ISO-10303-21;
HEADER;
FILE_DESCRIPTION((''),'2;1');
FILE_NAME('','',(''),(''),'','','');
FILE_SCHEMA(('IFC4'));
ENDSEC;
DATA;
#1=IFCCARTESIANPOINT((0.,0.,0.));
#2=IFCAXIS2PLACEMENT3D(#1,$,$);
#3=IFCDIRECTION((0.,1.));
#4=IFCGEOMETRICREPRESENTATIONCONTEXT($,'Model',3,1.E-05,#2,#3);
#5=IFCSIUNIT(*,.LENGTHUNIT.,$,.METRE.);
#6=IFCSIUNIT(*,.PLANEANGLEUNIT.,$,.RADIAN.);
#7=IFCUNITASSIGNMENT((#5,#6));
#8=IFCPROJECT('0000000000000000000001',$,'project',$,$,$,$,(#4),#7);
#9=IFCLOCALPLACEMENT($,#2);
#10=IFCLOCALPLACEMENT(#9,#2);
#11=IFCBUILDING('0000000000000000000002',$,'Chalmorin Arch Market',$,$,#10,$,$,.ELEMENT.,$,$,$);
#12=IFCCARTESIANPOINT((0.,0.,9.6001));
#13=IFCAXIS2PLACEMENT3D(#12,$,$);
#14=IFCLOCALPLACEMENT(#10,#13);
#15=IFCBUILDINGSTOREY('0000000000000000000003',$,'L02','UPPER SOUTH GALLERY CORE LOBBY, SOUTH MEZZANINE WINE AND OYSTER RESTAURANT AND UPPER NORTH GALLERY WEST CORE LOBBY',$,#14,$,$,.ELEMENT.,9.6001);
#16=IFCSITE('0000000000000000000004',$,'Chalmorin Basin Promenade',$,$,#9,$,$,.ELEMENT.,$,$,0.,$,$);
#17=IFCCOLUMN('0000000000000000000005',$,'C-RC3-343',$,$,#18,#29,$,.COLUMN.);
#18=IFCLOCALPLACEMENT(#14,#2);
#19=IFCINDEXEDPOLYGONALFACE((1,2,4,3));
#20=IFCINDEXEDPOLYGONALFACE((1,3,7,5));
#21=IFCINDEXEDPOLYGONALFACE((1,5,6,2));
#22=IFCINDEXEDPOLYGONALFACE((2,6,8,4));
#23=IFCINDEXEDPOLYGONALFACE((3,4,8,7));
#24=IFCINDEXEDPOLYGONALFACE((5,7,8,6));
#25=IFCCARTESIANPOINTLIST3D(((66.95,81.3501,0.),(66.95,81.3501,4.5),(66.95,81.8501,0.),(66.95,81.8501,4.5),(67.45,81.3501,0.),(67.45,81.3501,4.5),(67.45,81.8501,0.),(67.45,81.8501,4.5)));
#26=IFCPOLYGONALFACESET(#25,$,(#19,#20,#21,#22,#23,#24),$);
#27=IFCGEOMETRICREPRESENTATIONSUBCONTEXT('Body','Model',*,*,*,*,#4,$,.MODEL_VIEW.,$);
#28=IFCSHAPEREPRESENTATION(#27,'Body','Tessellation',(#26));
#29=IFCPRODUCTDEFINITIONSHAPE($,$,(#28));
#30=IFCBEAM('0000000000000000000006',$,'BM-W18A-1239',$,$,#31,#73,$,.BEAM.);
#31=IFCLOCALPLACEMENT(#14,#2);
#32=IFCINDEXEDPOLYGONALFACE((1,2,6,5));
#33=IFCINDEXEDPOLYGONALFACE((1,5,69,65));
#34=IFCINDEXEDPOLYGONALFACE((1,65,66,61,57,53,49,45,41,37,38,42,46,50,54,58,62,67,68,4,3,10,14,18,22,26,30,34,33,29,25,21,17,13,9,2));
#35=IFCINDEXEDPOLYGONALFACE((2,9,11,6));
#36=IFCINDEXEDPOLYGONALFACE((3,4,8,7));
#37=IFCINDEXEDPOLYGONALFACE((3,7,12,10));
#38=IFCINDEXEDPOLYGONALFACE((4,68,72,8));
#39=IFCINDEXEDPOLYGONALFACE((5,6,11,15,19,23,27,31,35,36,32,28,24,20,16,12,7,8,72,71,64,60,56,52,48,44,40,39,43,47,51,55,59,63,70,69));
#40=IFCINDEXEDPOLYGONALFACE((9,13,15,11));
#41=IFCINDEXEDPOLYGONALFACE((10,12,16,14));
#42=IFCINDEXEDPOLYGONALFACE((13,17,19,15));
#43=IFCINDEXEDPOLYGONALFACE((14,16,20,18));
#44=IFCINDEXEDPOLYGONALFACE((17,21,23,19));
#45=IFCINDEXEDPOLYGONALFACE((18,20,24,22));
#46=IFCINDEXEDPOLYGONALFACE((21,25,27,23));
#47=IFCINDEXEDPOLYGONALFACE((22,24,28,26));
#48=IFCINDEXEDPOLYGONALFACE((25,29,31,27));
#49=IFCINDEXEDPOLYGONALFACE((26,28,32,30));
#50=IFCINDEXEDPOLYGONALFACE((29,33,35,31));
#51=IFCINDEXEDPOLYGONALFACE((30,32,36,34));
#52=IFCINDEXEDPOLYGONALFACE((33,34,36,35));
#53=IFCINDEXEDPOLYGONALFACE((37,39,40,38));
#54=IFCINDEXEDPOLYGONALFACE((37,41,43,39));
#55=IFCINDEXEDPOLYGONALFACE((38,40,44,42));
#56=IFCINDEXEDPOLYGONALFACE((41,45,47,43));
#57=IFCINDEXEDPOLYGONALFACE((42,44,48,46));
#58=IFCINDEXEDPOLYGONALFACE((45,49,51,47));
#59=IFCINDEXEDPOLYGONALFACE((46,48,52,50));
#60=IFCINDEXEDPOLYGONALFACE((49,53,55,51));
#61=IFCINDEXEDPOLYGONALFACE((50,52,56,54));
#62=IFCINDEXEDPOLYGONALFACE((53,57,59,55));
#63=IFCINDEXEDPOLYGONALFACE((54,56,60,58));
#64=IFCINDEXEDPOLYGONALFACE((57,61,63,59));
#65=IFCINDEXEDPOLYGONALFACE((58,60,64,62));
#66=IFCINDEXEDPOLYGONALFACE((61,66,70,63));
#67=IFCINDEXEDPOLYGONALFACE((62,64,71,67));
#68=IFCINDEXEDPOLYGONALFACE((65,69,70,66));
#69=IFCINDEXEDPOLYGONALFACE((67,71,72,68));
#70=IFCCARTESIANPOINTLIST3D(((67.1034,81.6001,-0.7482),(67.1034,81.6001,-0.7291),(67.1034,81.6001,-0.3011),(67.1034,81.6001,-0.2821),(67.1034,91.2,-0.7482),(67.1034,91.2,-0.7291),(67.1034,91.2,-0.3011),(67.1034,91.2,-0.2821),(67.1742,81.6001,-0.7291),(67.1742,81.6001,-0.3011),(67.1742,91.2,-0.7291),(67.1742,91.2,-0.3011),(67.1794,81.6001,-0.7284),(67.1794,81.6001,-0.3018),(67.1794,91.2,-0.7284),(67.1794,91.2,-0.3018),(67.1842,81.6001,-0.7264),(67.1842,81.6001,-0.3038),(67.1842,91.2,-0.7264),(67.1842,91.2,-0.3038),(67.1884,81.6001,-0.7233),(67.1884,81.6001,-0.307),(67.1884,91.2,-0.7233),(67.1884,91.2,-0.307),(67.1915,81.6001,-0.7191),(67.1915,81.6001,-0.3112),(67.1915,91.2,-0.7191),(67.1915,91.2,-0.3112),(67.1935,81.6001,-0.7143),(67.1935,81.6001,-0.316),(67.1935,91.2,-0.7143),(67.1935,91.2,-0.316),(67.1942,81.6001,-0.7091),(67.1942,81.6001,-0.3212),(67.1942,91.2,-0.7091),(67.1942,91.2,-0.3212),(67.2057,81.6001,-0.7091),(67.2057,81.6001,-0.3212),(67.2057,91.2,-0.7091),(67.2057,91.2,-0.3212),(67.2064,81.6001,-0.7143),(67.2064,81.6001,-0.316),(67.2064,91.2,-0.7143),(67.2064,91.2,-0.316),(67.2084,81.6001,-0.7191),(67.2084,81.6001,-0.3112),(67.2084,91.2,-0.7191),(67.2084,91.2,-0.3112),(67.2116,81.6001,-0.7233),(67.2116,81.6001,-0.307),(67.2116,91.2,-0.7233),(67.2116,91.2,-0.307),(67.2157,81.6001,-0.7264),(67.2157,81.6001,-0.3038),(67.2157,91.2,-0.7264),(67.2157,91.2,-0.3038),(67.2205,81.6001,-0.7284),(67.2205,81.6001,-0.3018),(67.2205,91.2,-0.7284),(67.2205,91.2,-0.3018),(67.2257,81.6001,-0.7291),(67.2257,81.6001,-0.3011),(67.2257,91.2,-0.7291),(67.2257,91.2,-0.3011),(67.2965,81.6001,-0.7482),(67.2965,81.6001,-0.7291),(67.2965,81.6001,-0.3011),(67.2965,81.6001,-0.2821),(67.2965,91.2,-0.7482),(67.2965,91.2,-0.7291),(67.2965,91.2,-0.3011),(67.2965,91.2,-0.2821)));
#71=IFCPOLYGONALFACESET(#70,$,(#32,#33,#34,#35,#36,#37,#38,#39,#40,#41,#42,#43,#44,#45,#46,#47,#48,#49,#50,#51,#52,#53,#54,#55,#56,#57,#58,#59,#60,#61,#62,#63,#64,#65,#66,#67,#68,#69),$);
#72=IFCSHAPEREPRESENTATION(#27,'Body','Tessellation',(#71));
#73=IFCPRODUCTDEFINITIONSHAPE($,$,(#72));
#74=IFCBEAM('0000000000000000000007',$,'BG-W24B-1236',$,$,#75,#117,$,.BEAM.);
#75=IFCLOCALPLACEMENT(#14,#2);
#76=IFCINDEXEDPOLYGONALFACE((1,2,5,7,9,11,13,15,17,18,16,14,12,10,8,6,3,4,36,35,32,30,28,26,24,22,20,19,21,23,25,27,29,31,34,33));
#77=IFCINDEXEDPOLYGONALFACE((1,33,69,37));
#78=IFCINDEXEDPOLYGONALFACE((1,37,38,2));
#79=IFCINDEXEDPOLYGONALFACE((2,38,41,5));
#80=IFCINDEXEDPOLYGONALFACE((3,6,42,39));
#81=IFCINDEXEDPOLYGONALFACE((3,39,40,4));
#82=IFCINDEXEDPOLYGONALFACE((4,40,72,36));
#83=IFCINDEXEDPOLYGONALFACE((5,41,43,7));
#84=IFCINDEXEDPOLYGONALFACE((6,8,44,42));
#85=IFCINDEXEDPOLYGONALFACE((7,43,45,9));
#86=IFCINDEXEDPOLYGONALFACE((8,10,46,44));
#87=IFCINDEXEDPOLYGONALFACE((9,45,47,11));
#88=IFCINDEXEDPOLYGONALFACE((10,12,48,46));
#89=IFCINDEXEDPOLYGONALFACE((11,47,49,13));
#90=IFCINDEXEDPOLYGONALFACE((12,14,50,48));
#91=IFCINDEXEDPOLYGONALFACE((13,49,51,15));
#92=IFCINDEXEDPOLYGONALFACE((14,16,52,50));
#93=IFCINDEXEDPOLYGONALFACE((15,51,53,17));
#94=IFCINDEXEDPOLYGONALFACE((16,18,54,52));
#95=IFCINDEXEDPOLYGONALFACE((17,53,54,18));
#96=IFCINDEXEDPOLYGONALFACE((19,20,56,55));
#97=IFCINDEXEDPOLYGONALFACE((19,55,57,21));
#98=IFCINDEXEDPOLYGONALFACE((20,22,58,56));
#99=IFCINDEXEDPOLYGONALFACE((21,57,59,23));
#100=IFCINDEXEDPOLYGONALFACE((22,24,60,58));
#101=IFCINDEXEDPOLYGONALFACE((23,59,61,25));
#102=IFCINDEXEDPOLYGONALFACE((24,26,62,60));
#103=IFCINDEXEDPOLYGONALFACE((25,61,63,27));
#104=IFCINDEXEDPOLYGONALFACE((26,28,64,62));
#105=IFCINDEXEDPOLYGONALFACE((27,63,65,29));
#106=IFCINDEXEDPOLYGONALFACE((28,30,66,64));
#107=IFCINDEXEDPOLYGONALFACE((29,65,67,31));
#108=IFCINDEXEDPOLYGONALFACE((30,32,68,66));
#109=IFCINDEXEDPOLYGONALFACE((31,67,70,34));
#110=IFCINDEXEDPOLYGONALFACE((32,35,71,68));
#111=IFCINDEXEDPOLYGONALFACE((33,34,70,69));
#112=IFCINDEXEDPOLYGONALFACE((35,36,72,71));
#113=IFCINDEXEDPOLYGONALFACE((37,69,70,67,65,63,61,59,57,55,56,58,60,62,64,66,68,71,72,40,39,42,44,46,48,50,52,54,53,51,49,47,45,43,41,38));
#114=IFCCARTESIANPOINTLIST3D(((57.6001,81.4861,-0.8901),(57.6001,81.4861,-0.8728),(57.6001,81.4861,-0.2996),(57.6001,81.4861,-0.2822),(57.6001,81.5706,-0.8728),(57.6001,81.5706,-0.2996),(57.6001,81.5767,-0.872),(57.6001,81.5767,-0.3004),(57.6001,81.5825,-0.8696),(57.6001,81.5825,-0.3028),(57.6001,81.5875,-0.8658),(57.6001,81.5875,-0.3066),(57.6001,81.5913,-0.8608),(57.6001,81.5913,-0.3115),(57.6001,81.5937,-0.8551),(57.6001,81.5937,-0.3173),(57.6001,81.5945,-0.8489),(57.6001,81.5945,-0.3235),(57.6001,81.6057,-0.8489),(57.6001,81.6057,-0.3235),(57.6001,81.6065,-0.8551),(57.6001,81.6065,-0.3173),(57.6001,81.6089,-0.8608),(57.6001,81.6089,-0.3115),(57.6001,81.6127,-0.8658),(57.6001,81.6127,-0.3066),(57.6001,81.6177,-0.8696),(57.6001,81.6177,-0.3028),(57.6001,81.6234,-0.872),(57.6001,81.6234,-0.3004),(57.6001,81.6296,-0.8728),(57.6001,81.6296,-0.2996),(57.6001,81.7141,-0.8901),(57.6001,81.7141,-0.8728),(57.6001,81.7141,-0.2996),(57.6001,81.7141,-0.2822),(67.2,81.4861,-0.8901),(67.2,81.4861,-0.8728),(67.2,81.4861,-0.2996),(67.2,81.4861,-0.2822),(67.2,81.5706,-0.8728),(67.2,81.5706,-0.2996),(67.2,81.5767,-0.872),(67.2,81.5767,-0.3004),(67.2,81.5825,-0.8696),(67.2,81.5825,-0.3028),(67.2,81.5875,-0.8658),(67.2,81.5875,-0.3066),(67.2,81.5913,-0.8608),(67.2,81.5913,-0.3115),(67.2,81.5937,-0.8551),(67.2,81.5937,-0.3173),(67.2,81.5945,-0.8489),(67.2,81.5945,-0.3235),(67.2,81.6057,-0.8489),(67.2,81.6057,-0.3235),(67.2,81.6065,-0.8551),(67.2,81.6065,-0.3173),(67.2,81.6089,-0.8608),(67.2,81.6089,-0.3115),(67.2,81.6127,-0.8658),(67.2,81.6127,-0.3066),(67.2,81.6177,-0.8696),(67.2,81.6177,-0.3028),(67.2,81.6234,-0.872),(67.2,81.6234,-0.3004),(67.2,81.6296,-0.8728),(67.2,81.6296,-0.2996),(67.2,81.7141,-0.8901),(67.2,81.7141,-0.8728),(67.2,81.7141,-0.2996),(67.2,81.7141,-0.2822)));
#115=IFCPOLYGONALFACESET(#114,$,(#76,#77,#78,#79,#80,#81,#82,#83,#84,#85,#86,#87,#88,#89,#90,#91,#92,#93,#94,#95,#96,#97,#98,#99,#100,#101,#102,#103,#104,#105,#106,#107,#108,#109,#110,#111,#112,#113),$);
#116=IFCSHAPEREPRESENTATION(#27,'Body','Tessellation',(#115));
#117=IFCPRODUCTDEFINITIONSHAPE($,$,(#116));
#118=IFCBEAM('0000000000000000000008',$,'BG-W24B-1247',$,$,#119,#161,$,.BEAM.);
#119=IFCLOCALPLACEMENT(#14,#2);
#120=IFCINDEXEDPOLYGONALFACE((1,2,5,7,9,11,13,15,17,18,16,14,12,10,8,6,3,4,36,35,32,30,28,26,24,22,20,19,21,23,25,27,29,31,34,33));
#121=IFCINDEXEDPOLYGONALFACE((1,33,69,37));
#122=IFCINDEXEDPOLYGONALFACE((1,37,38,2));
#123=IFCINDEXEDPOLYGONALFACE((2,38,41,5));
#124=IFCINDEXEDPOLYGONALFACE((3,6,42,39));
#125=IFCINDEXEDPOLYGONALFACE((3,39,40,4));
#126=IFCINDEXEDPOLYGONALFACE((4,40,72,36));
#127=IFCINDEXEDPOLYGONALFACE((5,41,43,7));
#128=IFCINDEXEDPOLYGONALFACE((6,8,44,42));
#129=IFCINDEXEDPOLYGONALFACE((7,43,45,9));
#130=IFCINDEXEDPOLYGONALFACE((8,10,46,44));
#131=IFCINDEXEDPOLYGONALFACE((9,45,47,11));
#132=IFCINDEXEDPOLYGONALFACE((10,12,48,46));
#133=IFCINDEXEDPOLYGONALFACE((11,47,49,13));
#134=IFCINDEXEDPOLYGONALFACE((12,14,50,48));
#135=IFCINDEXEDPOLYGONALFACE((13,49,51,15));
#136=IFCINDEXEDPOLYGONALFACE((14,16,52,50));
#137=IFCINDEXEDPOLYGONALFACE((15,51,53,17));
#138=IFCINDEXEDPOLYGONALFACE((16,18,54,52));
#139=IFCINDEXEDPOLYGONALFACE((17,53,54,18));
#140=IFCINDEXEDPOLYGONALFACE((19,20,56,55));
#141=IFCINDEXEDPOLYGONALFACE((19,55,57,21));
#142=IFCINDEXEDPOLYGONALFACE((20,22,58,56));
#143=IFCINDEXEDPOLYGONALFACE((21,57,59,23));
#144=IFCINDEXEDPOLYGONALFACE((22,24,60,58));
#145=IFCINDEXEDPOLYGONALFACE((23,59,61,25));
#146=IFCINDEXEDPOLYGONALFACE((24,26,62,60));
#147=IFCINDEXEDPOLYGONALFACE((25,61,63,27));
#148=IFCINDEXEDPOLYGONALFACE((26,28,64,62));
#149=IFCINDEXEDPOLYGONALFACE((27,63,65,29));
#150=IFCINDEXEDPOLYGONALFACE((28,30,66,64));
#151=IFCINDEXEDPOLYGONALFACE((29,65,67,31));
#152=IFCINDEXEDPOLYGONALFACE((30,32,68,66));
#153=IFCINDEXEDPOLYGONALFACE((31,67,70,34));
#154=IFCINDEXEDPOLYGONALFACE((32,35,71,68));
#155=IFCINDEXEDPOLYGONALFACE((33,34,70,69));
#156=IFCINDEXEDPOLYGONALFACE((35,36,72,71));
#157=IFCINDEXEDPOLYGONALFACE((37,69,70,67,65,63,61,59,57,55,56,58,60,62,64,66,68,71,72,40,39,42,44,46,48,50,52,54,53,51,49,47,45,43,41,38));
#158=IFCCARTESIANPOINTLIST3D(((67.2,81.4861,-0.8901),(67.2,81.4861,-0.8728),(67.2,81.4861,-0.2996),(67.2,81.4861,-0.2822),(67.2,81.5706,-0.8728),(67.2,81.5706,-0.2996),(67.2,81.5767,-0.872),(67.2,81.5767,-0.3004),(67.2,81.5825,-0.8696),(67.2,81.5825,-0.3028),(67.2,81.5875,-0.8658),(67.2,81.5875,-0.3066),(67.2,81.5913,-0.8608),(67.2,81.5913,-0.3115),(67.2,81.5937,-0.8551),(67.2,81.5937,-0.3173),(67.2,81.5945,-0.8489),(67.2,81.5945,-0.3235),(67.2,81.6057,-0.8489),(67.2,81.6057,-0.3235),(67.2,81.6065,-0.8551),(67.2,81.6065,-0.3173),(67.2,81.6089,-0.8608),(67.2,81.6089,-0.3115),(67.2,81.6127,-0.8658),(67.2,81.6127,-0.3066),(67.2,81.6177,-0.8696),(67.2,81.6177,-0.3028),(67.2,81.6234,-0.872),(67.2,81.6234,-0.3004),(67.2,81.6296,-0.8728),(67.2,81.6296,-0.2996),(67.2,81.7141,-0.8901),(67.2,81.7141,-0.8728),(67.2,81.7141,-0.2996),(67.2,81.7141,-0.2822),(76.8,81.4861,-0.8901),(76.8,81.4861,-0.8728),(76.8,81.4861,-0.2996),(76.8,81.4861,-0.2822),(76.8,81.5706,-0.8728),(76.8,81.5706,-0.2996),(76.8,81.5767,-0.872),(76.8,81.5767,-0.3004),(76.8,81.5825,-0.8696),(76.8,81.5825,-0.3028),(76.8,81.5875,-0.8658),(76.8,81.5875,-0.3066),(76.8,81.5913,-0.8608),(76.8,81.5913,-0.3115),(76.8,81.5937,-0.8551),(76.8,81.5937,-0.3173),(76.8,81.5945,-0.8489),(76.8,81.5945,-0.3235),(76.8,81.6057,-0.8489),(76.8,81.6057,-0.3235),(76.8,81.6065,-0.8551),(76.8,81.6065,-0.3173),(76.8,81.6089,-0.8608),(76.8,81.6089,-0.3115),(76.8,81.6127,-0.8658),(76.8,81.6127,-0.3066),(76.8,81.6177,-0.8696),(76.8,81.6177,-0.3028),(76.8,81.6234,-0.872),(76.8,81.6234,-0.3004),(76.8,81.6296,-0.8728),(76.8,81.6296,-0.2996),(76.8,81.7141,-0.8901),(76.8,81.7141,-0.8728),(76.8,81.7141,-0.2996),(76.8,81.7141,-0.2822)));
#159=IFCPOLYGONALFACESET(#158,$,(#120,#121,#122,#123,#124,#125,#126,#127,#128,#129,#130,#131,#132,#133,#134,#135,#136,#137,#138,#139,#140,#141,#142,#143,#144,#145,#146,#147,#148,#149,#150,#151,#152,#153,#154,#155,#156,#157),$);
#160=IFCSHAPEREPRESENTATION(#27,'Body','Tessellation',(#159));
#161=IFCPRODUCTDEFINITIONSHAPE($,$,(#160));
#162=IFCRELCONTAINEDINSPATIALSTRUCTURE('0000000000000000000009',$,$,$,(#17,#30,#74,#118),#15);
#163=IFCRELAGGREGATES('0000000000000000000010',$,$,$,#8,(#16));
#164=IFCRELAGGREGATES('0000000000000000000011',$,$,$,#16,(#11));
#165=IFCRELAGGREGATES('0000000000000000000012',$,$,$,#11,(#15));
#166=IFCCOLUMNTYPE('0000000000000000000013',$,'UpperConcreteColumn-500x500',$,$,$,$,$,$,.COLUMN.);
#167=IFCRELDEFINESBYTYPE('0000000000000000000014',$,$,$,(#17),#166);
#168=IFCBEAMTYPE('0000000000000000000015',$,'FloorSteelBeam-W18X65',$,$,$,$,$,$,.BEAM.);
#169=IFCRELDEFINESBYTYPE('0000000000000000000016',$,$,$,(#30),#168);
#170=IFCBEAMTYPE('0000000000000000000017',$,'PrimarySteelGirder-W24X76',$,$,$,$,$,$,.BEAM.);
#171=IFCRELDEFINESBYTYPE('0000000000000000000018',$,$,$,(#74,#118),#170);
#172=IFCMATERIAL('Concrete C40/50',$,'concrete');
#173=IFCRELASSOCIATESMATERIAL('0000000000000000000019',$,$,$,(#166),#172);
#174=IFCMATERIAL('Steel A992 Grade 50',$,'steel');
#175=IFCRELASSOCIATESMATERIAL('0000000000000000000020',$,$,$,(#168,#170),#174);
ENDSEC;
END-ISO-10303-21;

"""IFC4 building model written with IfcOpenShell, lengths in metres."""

from ifc_helpers import new_model, si_unit, direction, frame, origin, origin_2d, place, context, subcontext, project, spatial, rectangle, i_section, extrude, material, material_profile, profile_set, type_object, element, save


model = new_model("IFC4")

# Units and contexts
model_context = context("Model", 3, precision=1e-05, world=origin(), true_north=direction((0.0, 1.0)))
body_context = subcontext(model_context, "Body", "Model", "MODEL_VIEW")
ifc_project = project(units=[si_unit("LENGTHUNIT", "METRE"), si_unit("PLANEANGLEUNIT", "RADIAN")], contexts=[model_context])

# Site, building, storey
site_placement = place(None, origin())
site = spatial("IfcSite", under=ifc_project, at=site_placement, Name="Chalmorin Basin Promenade", CompositionType="ELEMENT", RefElevation=0.0)
building_placement = place(site_placement, origin())
building = spatial("IfcBuilding", under=site, at=building_placement, Name="Chalmorin Arch Market", CompositionType="ELEMENT")
storey_placement = place(building_placement, frame((0.0, 0.0, 9.6001)))
storey = spatial("IfcBuildingStorey", under=building, at=storey_placement, Name="L02", Description="UPPER SOUTH GALLERY CORE LOBBY, SOUTH MEZZANINE WINE AND OYSTER RESTAURANT AND UPPER NORTH GALLERY WEST CORE LOBBY", CompositionType="ELEMENT", Elevation=9.6001)

# Column
ifc_material_1 = material(Name="Concrete C40/50", Category="concrete")
ifc_material_profile_1 = material_profile(ifc_material_1, rectangle(XDim=0.5, YDim=0.5, at=origin_2d()), Name="RC500X500")
ifc_profile_set_1 = profile_set([ifc_material_profile_1], Name="Concrete C40/50")
column_type = type_object("IfcColumnType", Name="UpperConcreteColumn-500x500", PredefinedType="COLUMN", material=ifc_profile_set_1)
column_placement = place(storey_placement, frame((67.2, 81.6001, 0.0), z_axis=(0.0, 0.0, 1.0), x_axis=(1.0, 0.0, 0.0)))
element("IfcColumn", 1, at=column_placement, inside=storey, type_object=column_type, Name="C-RC3-343", PredefinedType="COLUMN", context=body_context, shape_type="SweptSolid", body=[
    extrude(rectangle(XDim=0.5, YDim=0.5, at=origin_2d()), origin(), (0.0, 0.0, 1.0), 4.5),
])

# Beams
ifc_material_2 = material(Name="Steel A992 Grade 50", Category="steel")
ifc_material_profile_2 = material_profile(ifc_material_2, i_section(OverallWidth=0.1931, OverallDepth=0.4661, WebThickness=0.0115, FlangeThickness=0.019, FilletRadius=0.02, at=origin_2d()), Name="W18X65")
ifc_profile_set_2 = profile_set([ifc_material_profile_2], Name="Steel A992 Grade 50")
beam_type_1 = type_object("IfcBeamType", Name="FloorSteelBeam-W18X65", PredefinedType="BEAM", material=ifc_profile_set_2)
beam_1_placement = place(storey_placement, frame((67.2, 81.6001, -0.5151), z_axis=(0.0, 1.0, 0.0), x_axis=(-1.0, 0.0, 0.0)))
element("IfcBeam", 2, at=beam_1_placement, inside=storey, type_object=beam_type_1, Name="BM-W18A-1239", PredefinedType="BEAM", context=body_context, shape_type="SweptSolid", body=[
    extrude(i_section(OverallWidth=0.1931, OverallDepth=0.4661, WebThickness=0.0115, FlangeThickness=0.019, FilletRadius=0.02, at=origin_2d()), origin(), (0.0, 0.0, 1.0), 9.5999),
])
ifc_material_profile_3 = material_profile(ifc_material_2, i_section(OverallWidth=0.228, OverallDepth=0.6079, WebThickness=0.0112, FlangeThickness=0.0173, FilletRadius=0.0239, at=origin_2d()), Name="W24X76")
ifc_profile_set_3 = profile_set([ifc_material_profile_3], Name="Steel A992 Grade 50")
beam_type_2 = type_object("IfcBeamType", Name="PrimarySteelGirder-W24X76", PredefinedType="BEAM", material=ifc_profile_set_3)
beam_2_placement = place(storey_placement, frame((57.6001, 81.6001, -0.5862), z_axis=(1.0, 0.0, 0.0), x_axis=(0.0, 1.0, 0.0)))
element("IfcBeam", 3, at=beam_2_placement, inside=storey, type_object=beam_type_2, Name="BG-W24B-1236", PredefinedType="BEAM", context=body_context, shape_type="SweptSolid", body=[
    extrude(i_section(OverallWidth=0.228, OverallDepth=0.6079, WebThickness=0.0112, FlangeThickness=0.0173, FilletRadius=0.0239, at=origin_2d()), origin(), (0.0, 0.0, 1.0), 9.5999),
])
beam_3_placement = place(storey_placement, frame((67.2, 81.6001, -0.5862), z_axis=(1.0, 0.0, 0.0), x_axis=(0.0, 1.0, 0.0)))
element("IfcBeam", 4, at=beam_3_placement, inside=storey, type_object=beam_type_2, Name="BG-W24B-1247", PredefinedType="BEAM", context=body_context, shape_type="SweptSolid", body=[
    extrude(i_section(OverallWidth=0.228, OverallDepth=0.6079, WebThickness=0.0112, FlangeThickness=0.0173, FilletRadius=0.0239, at=origin_2d()), origin(), (0.0, 0.0, 1.0), 9.6001),
])

save(model, "model.ifc")
